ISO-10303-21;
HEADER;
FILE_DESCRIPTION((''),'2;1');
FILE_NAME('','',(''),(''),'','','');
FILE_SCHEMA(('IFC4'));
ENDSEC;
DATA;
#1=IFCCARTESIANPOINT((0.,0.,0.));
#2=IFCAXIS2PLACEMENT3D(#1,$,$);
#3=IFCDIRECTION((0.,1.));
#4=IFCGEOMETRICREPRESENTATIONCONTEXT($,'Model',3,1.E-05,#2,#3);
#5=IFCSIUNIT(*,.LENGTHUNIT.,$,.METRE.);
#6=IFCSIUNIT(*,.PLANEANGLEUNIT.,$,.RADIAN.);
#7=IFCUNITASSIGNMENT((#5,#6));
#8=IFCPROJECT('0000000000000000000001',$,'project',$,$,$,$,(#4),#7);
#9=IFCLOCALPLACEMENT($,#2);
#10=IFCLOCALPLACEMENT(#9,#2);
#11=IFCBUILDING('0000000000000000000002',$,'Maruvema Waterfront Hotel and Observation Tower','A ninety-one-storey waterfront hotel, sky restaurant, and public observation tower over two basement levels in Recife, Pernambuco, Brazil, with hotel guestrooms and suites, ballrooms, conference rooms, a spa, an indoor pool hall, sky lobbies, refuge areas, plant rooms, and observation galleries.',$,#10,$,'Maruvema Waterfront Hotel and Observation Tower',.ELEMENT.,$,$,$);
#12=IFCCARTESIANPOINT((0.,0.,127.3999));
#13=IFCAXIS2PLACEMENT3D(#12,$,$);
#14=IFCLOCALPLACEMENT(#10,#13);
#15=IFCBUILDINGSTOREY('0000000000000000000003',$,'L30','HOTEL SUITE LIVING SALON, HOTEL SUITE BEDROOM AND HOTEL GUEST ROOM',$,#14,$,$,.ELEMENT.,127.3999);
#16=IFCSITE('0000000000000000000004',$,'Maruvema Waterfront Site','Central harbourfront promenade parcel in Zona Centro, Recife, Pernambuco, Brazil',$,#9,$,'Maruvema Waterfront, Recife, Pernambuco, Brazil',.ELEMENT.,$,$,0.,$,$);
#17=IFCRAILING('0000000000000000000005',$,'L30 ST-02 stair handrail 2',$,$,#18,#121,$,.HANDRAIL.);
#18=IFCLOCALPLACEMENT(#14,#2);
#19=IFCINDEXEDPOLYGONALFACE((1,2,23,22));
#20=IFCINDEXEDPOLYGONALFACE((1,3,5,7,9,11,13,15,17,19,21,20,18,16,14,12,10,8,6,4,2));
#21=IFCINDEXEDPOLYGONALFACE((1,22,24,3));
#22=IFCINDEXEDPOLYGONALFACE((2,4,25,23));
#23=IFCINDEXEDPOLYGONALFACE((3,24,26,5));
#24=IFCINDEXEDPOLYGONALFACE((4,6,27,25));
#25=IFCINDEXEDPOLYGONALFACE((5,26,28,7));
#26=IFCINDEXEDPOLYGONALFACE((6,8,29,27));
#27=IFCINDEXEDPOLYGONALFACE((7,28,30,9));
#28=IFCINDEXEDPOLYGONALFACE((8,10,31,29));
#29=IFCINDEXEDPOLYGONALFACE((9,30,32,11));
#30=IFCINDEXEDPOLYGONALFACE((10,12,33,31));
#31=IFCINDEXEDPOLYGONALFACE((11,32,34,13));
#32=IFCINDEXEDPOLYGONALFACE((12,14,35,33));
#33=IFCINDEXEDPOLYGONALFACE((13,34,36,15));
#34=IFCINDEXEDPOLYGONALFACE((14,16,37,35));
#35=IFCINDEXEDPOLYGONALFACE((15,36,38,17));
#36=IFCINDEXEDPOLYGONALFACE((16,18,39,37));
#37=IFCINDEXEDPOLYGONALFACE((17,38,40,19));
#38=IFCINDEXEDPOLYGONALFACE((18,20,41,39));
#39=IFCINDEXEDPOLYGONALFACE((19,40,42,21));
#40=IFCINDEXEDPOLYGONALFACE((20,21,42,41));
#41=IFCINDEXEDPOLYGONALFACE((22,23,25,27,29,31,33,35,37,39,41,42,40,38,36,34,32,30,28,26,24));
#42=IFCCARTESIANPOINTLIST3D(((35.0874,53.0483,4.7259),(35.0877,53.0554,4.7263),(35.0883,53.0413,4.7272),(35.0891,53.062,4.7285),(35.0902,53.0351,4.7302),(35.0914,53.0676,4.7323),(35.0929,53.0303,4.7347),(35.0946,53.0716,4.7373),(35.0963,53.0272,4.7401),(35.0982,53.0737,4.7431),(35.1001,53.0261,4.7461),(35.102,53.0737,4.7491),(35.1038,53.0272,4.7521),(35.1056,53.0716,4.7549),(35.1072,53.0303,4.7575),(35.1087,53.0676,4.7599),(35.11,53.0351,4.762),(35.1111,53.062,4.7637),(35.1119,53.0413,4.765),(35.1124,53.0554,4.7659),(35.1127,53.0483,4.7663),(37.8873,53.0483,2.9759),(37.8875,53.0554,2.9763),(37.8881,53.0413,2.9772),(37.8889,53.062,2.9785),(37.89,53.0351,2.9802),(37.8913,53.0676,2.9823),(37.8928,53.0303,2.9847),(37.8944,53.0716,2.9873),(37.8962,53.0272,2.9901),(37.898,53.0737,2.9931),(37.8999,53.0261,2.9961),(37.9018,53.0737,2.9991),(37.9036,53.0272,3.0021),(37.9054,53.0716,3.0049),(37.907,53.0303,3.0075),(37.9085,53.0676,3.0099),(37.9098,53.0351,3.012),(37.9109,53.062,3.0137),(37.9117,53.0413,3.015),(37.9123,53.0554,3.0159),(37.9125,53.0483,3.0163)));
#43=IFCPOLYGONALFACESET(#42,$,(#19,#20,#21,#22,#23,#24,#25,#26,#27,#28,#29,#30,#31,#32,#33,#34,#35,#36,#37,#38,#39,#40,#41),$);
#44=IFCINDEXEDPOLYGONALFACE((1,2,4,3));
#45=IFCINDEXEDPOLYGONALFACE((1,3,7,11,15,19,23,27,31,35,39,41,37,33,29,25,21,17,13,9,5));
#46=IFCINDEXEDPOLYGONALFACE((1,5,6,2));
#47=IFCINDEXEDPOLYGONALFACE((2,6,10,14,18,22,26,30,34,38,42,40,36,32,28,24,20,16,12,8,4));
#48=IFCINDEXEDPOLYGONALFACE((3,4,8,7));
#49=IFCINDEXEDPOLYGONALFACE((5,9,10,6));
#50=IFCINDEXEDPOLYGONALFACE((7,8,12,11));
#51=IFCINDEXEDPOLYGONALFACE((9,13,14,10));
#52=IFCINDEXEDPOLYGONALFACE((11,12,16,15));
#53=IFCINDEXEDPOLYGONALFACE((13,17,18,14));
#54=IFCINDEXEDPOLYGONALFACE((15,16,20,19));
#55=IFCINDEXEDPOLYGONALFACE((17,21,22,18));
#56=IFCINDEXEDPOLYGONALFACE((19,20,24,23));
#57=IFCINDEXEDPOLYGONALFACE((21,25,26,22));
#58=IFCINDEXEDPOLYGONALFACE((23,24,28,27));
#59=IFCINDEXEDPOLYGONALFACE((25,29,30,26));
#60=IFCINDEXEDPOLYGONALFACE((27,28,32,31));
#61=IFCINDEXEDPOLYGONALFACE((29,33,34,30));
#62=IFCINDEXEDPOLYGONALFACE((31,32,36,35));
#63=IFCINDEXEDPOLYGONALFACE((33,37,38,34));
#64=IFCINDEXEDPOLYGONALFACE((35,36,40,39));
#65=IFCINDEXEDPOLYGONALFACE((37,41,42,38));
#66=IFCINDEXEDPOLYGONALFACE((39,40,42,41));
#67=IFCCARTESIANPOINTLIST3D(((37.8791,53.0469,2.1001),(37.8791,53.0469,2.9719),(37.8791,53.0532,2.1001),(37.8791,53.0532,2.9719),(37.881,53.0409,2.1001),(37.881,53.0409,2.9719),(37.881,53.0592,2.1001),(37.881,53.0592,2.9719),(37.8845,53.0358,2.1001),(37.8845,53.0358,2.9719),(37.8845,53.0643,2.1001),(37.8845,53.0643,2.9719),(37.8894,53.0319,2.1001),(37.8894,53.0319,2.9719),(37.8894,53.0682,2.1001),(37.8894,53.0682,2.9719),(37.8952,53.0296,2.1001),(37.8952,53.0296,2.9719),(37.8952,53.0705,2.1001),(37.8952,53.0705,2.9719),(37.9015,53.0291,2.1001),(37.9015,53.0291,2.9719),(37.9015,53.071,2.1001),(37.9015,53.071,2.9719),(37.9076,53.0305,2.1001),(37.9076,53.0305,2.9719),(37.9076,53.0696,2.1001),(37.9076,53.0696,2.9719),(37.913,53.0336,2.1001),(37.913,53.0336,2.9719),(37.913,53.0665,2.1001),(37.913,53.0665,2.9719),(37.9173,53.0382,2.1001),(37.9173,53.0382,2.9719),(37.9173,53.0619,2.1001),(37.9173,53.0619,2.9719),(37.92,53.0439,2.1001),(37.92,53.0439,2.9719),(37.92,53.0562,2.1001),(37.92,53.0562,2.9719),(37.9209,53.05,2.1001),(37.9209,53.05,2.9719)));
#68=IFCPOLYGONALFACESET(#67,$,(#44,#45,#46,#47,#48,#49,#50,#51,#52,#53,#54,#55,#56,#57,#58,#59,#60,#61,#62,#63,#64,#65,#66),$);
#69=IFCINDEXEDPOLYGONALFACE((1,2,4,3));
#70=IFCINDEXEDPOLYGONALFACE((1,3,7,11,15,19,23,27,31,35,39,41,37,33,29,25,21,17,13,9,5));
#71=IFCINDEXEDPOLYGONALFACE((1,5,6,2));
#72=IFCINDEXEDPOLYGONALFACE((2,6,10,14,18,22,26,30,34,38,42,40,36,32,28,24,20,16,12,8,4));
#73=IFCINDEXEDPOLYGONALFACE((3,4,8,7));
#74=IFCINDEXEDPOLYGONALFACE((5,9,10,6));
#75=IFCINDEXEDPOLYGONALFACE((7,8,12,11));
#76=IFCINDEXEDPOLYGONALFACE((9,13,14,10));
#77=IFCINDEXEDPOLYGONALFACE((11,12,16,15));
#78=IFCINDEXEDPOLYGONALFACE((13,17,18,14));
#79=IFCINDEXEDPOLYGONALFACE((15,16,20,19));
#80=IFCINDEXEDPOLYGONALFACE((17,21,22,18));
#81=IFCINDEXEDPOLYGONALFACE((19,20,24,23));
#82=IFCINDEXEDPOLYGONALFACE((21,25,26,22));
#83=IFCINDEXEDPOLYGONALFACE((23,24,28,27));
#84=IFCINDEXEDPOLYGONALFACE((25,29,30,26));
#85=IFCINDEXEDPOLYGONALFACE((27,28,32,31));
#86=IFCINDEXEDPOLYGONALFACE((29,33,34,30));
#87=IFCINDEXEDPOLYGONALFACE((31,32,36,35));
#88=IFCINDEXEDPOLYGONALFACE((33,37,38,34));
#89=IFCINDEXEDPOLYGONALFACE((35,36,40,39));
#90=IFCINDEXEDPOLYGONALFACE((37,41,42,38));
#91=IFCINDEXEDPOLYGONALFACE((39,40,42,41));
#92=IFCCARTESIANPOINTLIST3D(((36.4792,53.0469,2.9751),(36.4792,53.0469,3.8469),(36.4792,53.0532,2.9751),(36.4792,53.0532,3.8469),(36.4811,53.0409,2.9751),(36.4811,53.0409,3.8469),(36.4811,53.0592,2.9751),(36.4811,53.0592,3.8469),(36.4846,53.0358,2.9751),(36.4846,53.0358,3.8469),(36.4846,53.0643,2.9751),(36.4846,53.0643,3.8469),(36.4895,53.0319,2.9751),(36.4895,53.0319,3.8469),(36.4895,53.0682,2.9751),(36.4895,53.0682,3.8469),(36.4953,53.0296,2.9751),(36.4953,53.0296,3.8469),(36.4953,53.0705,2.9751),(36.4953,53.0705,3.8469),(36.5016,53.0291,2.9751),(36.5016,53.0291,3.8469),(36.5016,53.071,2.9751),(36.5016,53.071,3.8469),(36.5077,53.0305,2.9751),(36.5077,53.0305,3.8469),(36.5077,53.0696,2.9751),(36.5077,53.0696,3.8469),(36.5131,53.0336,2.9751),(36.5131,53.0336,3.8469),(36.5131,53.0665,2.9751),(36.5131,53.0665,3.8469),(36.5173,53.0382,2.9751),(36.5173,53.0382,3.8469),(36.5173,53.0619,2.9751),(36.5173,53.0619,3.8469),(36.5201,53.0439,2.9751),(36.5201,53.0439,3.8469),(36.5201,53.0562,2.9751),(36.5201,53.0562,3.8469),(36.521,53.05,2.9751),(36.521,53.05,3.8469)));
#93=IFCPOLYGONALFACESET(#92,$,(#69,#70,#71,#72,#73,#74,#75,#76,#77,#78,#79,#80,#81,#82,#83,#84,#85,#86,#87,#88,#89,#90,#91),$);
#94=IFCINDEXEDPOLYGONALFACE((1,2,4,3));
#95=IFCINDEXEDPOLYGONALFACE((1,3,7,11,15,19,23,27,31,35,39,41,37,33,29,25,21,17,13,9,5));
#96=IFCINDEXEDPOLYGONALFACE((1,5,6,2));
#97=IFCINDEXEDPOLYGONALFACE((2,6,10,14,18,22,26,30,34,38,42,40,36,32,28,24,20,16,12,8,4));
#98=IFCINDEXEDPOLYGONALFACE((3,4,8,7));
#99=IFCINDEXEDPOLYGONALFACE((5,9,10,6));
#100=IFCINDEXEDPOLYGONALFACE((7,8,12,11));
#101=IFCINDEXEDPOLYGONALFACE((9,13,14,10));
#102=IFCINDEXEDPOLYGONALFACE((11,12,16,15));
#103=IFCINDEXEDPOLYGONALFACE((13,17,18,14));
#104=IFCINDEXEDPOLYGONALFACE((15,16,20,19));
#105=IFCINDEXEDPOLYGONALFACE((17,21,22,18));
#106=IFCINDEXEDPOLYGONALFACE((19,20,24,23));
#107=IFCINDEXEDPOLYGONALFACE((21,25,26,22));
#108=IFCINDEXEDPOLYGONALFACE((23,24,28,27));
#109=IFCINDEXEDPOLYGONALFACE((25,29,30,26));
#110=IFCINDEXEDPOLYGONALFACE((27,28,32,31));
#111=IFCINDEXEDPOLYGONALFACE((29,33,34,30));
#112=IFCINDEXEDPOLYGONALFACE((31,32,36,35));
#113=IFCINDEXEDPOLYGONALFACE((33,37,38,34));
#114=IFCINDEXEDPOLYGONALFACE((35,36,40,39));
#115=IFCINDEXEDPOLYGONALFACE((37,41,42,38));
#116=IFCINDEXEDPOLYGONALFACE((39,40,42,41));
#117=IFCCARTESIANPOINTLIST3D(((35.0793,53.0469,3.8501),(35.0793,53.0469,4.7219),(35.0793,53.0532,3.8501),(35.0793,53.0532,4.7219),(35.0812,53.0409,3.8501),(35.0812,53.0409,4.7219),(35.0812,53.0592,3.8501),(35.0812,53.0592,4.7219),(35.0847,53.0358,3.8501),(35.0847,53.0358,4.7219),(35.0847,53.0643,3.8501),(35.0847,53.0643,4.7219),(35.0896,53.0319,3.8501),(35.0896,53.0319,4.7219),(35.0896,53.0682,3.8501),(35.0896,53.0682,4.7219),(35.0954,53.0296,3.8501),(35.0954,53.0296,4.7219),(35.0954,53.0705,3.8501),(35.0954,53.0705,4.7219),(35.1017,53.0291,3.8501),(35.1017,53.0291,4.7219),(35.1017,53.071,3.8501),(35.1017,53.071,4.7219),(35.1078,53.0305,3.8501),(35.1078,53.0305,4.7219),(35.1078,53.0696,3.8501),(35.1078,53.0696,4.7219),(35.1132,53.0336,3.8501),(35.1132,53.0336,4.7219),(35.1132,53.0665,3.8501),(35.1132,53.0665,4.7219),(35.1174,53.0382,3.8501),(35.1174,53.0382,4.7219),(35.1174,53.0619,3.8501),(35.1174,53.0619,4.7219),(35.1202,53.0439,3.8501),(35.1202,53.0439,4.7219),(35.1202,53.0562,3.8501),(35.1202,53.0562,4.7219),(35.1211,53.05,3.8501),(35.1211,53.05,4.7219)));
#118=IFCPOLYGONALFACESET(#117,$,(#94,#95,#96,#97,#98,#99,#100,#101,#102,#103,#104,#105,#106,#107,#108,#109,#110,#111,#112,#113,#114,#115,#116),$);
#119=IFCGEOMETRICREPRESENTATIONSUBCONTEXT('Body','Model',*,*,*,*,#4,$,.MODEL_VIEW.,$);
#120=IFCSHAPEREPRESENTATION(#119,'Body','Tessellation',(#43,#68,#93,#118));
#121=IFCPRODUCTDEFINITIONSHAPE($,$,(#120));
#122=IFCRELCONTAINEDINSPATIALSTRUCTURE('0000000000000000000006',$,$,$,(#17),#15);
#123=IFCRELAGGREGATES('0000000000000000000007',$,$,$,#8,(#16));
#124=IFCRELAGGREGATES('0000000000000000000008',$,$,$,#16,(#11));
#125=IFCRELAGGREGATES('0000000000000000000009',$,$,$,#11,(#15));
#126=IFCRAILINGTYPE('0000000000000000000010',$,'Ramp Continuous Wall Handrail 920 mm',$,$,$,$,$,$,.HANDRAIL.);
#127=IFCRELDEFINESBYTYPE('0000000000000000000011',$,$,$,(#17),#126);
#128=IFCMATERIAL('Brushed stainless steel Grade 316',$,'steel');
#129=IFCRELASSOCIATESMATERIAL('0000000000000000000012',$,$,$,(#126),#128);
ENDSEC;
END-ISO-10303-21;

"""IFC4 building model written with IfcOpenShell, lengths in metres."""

from ifc_helpers import new_model, si_unit, direction, frame, origin, origin_2d, place, context, subcontext, project, spatial, circle, extrude, material, type_object, element, save


model = new_model("IFC4")

# Units and contexts
model_context = context("Model", 3, precision=1e-05, world=origin(), true_north=direction((0.0, 1.0)))
body_context = subcontext(model_context, "Body", "Model", "MODEL_VIEW")
ifc_project = project(units=[si_unit("LENGTHUNIT", "METRE"), si_unit("PLANEANGLEUNIT", "RADIAN")], contexts=[model_context])

# Site, building, storey
site_placement = place(None, origin())
site = spatial("IfcSite", under=ifc_project, at=site_placement, Name="Maruvema Waterfront Site", Description="Central harbourfront promenade parcel in Zona Centro, Recife, Pernambuco, Brazil", LongName="Maruvema Waterfront, Recife, Pernambuco, Brazil", CompositionType="ELEMENT", RefElevation=0.0)
building_placement = place(site_placement, origin())
building = spatial("IfcBuilding", under=site, at=building_placement, Name="Maruvema Waterfront Hotel and Observation Tower", Description="A ninety-one-storey waterfront hotel, sky restaurant, and public observation tower over two basement levels in Recife, Pernambuco, Brazil, with hotel guestrooms and suites, ballrooms, conference rooms, a spa, an indoor pool hall, sky lobbies, refuge areas, plant rooms, and observation galleries.", LongName="Maruvema Waterfront Hotel and Observation Tower", CompositionType="ELEMENT")
storey_placement = place(building_placement, frame((0.0, 0.0, 127.3999)))
storey = spatial("IfcBuildingStorey", under=building, at=storey_placement, Name="L30", Description="HOTEL SUITE LIVING SALON, HOTEL SUITE BEDROOM AND HOTEL GUEST ROOM", CompositionType="ELEMENT", Elevation=127.3999)

# Railing
ifc_material_1 = material(Name="Brushed stainless steel Grade 316", Category="steel")
railing_type_1 = type_object("IfcRailingType", Name="Ramp Continuous Wall Handrail 920 mm", PredefinedType="HANDRAIL", material=ifc_material_1)
railing_1_placement = place(storey_placement, frame((37.8999, 53.05, 2.1001)))
element("IfcRailing", 1, at=railing_1_placement, inside=storey, type_object=railing_type_1, Name="L30 ST-02 stair handrail 2", PredefinedType="HANDRAIL", context=body_context, shape_type="SweptSolid", body=[
    extrude(circle(Radius=0.0239, at=origin_2d()), frame((0.0, 0.0, 0.896), z_axis=(-0.847982, 0.0, 0.530026), x_axis=(0.0, -1.0, 0.0)), (0.0, 0.0, 1.0), 3.3018),
    extrude(circle(Radius=0.021, at=origin_2d()), origin(), (0.0, 0.0, 1.0), 0.8718),
    extrude(circle(Radius=0.021, at=origin_2d()), frame((-1.3999, 0.0, 0.875)), (0.0, 0.0, 1.0), 0.8718),
    extrude(circle(Radius=0.021, at=origin_2d()), frame((-2.7998, 0.0, 1.75)), (0.0, 0.0, 1.0), 0.8718),
])

save(model, "model.ifc")
